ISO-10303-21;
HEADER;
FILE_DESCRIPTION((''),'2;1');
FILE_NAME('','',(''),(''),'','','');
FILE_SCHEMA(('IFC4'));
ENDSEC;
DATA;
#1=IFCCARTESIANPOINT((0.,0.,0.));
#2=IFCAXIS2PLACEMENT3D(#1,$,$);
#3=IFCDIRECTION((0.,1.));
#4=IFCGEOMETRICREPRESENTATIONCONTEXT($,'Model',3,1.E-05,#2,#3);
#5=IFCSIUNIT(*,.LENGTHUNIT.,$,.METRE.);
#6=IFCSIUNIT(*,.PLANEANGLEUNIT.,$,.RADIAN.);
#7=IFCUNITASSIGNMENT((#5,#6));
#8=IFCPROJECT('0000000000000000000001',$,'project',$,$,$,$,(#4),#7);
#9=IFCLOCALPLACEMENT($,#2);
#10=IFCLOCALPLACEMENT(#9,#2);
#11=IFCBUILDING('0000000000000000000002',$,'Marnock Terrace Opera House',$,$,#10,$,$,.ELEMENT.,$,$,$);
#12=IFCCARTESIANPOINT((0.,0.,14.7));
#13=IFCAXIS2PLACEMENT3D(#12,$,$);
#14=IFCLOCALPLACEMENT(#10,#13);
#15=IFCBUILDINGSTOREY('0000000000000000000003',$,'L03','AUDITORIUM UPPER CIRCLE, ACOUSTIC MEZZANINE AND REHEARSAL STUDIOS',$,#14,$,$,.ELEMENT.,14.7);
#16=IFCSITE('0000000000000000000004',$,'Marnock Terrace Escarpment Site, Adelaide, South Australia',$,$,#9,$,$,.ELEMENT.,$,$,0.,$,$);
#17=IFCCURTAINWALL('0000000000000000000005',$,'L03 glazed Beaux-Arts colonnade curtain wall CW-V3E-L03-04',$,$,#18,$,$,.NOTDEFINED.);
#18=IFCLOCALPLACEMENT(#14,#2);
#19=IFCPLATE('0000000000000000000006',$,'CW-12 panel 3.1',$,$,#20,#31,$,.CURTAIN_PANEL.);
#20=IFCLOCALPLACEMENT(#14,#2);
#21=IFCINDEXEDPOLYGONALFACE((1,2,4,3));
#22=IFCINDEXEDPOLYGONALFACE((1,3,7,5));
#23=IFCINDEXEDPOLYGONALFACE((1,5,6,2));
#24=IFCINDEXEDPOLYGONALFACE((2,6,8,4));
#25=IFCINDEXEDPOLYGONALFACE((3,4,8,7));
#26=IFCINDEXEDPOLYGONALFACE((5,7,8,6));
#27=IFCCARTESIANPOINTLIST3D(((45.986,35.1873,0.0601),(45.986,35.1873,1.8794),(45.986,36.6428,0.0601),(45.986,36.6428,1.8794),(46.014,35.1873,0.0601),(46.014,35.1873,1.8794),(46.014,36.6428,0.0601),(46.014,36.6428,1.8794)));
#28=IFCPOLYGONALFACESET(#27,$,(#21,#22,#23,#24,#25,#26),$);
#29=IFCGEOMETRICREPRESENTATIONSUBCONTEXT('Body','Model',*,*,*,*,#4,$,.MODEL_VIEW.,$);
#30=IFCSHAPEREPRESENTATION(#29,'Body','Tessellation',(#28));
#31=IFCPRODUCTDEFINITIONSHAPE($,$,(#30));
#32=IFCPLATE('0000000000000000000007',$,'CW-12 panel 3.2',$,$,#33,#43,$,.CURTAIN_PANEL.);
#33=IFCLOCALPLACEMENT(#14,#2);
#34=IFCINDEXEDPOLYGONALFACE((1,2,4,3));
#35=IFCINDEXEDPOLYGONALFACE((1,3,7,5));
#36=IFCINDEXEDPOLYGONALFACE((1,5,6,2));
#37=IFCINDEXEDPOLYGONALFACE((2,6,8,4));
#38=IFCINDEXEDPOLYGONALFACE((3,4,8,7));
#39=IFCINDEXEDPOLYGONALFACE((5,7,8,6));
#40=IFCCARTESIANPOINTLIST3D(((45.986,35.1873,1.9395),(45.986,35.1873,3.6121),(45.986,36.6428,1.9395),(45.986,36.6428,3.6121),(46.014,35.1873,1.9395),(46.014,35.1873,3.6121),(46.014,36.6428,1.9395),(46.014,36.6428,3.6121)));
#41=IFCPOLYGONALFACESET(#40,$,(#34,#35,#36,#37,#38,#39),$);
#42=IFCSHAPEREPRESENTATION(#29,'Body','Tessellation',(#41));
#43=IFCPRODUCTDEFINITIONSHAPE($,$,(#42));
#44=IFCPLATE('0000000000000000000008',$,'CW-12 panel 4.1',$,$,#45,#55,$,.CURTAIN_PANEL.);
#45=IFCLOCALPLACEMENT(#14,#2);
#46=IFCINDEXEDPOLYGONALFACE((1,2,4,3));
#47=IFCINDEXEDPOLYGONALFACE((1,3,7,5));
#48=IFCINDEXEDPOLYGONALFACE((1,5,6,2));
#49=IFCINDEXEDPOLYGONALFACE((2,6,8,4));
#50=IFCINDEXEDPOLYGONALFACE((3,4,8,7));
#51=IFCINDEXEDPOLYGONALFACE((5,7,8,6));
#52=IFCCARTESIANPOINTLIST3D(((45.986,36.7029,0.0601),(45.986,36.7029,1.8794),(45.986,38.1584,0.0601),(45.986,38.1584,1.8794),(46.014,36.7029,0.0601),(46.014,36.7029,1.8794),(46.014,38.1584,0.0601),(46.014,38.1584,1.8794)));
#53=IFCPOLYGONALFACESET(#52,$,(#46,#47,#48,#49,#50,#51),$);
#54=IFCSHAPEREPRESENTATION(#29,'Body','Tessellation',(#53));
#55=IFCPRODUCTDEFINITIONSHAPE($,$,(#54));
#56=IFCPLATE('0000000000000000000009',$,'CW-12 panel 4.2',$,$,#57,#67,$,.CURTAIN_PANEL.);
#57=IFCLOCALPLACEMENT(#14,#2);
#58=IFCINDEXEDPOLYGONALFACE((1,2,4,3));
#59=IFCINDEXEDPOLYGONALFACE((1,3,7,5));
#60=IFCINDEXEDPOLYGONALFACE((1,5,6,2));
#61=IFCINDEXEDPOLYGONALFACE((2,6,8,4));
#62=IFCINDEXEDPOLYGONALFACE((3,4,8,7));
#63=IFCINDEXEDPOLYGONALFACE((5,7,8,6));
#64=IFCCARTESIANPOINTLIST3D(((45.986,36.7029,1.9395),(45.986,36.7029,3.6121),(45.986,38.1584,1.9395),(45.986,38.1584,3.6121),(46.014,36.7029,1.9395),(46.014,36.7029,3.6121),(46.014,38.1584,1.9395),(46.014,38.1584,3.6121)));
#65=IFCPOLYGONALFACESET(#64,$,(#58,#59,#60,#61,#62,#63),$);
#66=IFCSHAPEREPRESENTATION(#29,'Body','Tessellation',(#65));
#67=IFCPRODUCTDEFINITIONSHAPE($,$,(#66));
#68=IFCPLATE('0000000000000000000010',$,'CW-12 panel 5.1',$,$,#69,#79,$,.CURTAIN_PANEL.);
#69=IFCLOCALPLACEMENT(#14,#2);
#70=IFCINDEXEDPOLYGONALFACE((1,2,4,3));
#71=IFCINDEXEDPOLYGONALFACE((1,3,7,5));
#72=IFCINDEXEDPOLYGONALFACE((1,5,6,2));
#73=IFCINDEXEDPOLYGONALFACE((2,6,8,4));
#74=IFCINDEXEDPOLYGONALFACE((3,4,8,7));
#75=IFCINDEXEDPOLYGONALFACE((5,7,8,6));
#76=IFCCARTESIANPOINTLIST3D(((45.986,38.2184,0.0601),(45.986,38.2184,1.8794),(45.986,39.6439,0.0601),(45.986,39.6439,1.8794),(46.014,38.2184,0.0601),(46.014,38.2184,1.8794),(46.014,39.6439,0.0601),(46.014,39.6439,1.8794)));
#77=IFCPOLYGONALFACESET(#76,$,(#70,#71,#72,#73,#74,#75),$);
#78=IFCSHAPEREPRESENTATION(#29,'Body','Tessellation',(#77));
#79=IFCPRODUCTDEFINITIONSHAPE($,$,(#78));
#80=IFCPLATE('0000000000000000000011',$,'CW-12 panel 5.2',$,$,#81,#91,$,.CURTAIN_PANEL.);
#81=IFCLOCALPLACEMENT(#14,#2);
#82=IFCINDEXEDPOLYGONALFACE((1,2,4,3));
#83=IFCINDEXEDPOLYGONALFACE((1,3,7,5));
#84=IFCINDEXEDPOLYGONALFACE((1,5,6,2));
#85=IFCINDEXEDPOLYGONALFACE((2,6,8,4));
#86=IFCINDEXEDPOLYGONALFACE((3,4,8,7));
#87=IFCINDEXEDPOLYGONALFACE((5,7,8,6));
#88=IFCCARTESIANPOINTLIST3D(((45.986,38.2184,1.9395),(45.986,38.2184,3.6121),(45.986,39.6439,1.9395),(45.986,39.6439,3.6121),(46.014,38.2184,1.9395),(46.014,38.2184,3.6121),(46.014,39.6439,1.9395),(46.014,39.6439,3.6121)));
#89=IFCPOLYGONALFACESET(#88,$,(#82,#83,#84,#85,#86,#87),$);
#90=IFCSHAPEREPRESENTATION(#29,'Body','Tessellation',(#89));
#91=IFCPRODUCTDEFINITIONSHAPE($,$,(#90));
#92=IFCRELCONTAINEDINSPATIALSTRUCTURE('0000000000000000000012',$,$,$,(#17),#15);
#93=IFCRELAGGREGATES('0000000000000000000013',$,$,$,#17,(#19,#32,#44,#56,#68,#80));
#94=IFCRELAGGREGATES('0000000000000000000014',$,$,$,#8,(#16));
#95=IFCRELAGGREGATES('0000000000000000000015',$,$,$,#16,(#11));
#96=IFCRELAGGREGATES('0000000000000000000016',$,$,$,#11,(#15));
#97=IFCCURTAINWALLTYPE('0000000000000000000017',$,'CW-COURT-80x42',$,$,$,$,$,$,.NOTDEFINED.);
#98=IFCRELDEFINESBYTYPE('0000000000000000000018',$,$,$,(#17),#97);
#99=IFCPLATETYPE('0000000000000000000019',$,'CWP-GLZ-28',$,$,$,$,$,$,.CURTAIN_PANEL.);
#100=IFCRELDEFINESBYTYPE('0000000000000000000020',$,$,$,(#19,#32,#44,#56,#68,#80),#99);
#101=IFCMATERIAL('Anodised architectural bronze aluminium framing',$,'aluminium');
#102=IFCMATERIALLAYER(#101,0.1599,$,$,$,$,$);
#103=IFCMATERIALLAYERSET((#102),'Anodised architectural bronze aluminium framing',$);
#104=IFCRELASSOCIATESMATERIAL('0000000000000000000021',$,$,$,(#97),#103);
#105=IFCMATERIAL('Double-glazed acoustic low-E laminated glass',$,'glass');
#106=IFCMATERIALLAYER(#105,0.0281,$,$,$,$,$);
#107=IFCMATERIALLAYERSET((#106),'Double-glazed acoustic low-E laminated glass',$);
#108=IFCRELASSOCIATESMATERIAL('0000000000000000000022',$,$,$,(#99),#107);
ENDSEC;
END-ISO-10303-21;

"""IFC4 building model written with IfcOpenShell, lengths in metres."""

from ifc_helpers import new_model, si_unit, direction, frame, origin, origin_2d, place, context, subcontext, project, spatial, rectangle, extrude, material, layer, layer_set, type_object, element, aggregate, save


model = new_model("IFC4")

# Units and contexts
model_context = context("Model", 3, precision=1e-05, world=origin(), true_north=direction((0.0, 1.0)))
body_context = subcontext(model_context, "Body", "Model", "MODEL_VIEW")
ifc_project = project(units=[si_unit("LENGTHUNIT", "METRE"), si_unit("PLANEANGLEUNIT", "RADIAN")], contexts=[model_context])

# Site, building, storey
site_placement = place(None, origin())
site = spatial("IfcSite", under=ifc_project, at=site_placement, Name="Marnock Terrace Escarpment Site, Adelaide, South Australia", CompositionType="ELEMENT", RefElevation=0.0)
building_placement = place(site_placement, origin())
building = spatial("IfcBuilding", under=site, at=building_placement, Name="Marnock Terrace Opera House", CompositionType="ELEMENT")
storey_placement = place(building_placement, frame((0.0, 0.0, 14.7)))
storey = spatial("IfcBuildingStorey", under=building, at=storey_placement, Name="L03", Description="AUDITORIUM UPPER CIRCLE, ACOUSTIC MEZZANINE AND REHEARSAL STUDIOS", CompositionType="ELEMENT", Elevation=14.7)

# Shared definitions
ifc_material_1 = material(Name="Anodised architectural bronze aluminium framing", Category="aluminium")

# Curtain wall, plates
ifc_layer_1 = layer(ifc_material_1, 0.1599)
ifc_layer_set_1 = layer_set([ifc_layer_1], Name="Anodised architectural bronze aluminium framing")
curtain_wall_type_1 = type_object("IfcCurtainWallType", Name="CW-COURT-80x42", PredefinedType="NOTDEFINED", material=ifc_layer_set_1)
curtain_wall_1_placement = place(storey_placement, origin())
curtain_wall_1 = element("IfcCurtainWall", 1, at=curtain_wall_1_placement, inside=storey, type_object=curtain_wall_type_1, Name="L03 glazed Beaux-Arts colonnade curtain wall CW-V3E-L03-04", PredefinedType="NOTDEFINED")
ifc_material_2 = material(Name="Double-glazed acoustic low-E laminated glass", Category="glass")
ifc_layer_2 = layer(ifc_material_2, 0.0281)
ifc_layer_set_2 = layer_set([ifc_layer_2], Name="Double-glazed acoustic low-E laminated glass")
plate_type = type_object("IfcPlateType", Name="CWP-GLZ-28", PredefinedType="CURTAIN_PANEL", material=ifc_layer_set_2)
plate_1_placement = place(storey_placement, frame((46.0, 35.915, 0.0601), z_axis=(0.0, 0.0, 1.0), x_axis=(0.0, 1.0, 0.0)))
plate_1 = element("IfcPlate", 2, at=plate_1_placement, type_object=plate_type, Name="CW-12 panel 3.1", PredefinedType="CURTAIN_PANEL", context=body_context, shape_type="SweptSolid", body=[
    extrude(rectangle(XDim=1.4556, YDim=0.0281, at=origin_2d()), origin(), (0.0, 0.0, 1.0), 1.8193),
])
plate_2_placement = place(storey_placement, frame((46.0, 35.915, 1.9395), z_axis=(0.0, 0.0, 1.0), x_axis=(0.0, 1.0, 0.0)))
plate_2 = element("IfcPlate", 3, at=plate_2_placement, type_object=plate_type, Name="CW-12 panel 3.2", PredefinedType="CURTAIN_PANEL", context=body_context, shape_type="SweptSolid", body=[
    extrude(rectangle(XDim=1.4556, YDim=0.0281, at=origin_2d()), origin(), (0.0, 0.0, 1.0), 1.6726),
])
plate_3_placement = place(storey_placement, frame((46.0, 37.4307, 0.0601), z_axis=(0.0, 0.0, 1.0), x_axis=(0.0, 1.0, 0.0)))
plate_3 = element("IfcPlate", 4, at=plate_3_placement, type_object=plate_type, Name="CW-12 panel 4.1", PredefinedType="CURTAIN_PANEL", context=body_context, shape_type="SweptSolid", body=[
    extrude(rectangle(XDim=1.4556, YDim=0.0281, at=origin_2d()), origin(), (0.0, 0.0, 1.0), 1.8193),
])
plate_4_placement = place(storey_placement, frame((46.0, 37.4307, 1.9395), z_axis=(0.0, 0.0, 1.0), x_axis=(0.0, 1.0, 0.0)))
plate_4 = element("IfcPlate", 5, at=plate_4_placement, type_object=plate_type, Name="CW-12 panel 4.2", PredefinedType="CURTAIN_PANEL", context=body_context, shape_type="SweptSolid", body=[
    extrude(rectangle(XDim=1.4556, YDim=0.0281, at=origin_2d()), origin(), (0.0, 0.0, 1.0), 1.6726),
])
plate_5_placement = place(storey_placement, frame((46.0, 38.9312, 0.0601), z_axis=(0.0, 0.0, 1.0), x_axis=(0.0, 1.0, 0.0)))
plate_5 = element("IfcPlate", 6, at=plate_5_placement, type_object=plate_type, Name="CW-12 panel 5.1", PredefinedType="CURTAIN_PANEL", context=body_context, shape_type="SweptSolid", body=[
    extrude(rectangle(XDim=1.4255, YDim=0.0281, at=origin_2d()), origin(), (0.0, 0.0, 1.0), 1.8193),
])
plate_6_placement = place(storey_placement, frame((46.0, 38.9312, 1.9395), z_axis=(0.0, 0.0, 1.0), x_axis=(0.0, 1.0, 0.0)))
plate_6 = element("IfcPlate", 7, at=plate_6_placement, type_object=plate_type, Name="CW-12 panel 5.2", PredefinedType="CURTAIN_PANEL", context=body_context, shape_type="SweptSolid", body=[
    extrude(rectangle(XDim=1.4255, YDim=0.0281, at=origin_2d()), origin(), (0.0, 0.0, 1.0), 1.6726),
])
aggregate(curtain_wall_1, [plate_1, plate_2, plate_3, plate_4, plate_5, plate_6])

save(model, "model.ifc")
